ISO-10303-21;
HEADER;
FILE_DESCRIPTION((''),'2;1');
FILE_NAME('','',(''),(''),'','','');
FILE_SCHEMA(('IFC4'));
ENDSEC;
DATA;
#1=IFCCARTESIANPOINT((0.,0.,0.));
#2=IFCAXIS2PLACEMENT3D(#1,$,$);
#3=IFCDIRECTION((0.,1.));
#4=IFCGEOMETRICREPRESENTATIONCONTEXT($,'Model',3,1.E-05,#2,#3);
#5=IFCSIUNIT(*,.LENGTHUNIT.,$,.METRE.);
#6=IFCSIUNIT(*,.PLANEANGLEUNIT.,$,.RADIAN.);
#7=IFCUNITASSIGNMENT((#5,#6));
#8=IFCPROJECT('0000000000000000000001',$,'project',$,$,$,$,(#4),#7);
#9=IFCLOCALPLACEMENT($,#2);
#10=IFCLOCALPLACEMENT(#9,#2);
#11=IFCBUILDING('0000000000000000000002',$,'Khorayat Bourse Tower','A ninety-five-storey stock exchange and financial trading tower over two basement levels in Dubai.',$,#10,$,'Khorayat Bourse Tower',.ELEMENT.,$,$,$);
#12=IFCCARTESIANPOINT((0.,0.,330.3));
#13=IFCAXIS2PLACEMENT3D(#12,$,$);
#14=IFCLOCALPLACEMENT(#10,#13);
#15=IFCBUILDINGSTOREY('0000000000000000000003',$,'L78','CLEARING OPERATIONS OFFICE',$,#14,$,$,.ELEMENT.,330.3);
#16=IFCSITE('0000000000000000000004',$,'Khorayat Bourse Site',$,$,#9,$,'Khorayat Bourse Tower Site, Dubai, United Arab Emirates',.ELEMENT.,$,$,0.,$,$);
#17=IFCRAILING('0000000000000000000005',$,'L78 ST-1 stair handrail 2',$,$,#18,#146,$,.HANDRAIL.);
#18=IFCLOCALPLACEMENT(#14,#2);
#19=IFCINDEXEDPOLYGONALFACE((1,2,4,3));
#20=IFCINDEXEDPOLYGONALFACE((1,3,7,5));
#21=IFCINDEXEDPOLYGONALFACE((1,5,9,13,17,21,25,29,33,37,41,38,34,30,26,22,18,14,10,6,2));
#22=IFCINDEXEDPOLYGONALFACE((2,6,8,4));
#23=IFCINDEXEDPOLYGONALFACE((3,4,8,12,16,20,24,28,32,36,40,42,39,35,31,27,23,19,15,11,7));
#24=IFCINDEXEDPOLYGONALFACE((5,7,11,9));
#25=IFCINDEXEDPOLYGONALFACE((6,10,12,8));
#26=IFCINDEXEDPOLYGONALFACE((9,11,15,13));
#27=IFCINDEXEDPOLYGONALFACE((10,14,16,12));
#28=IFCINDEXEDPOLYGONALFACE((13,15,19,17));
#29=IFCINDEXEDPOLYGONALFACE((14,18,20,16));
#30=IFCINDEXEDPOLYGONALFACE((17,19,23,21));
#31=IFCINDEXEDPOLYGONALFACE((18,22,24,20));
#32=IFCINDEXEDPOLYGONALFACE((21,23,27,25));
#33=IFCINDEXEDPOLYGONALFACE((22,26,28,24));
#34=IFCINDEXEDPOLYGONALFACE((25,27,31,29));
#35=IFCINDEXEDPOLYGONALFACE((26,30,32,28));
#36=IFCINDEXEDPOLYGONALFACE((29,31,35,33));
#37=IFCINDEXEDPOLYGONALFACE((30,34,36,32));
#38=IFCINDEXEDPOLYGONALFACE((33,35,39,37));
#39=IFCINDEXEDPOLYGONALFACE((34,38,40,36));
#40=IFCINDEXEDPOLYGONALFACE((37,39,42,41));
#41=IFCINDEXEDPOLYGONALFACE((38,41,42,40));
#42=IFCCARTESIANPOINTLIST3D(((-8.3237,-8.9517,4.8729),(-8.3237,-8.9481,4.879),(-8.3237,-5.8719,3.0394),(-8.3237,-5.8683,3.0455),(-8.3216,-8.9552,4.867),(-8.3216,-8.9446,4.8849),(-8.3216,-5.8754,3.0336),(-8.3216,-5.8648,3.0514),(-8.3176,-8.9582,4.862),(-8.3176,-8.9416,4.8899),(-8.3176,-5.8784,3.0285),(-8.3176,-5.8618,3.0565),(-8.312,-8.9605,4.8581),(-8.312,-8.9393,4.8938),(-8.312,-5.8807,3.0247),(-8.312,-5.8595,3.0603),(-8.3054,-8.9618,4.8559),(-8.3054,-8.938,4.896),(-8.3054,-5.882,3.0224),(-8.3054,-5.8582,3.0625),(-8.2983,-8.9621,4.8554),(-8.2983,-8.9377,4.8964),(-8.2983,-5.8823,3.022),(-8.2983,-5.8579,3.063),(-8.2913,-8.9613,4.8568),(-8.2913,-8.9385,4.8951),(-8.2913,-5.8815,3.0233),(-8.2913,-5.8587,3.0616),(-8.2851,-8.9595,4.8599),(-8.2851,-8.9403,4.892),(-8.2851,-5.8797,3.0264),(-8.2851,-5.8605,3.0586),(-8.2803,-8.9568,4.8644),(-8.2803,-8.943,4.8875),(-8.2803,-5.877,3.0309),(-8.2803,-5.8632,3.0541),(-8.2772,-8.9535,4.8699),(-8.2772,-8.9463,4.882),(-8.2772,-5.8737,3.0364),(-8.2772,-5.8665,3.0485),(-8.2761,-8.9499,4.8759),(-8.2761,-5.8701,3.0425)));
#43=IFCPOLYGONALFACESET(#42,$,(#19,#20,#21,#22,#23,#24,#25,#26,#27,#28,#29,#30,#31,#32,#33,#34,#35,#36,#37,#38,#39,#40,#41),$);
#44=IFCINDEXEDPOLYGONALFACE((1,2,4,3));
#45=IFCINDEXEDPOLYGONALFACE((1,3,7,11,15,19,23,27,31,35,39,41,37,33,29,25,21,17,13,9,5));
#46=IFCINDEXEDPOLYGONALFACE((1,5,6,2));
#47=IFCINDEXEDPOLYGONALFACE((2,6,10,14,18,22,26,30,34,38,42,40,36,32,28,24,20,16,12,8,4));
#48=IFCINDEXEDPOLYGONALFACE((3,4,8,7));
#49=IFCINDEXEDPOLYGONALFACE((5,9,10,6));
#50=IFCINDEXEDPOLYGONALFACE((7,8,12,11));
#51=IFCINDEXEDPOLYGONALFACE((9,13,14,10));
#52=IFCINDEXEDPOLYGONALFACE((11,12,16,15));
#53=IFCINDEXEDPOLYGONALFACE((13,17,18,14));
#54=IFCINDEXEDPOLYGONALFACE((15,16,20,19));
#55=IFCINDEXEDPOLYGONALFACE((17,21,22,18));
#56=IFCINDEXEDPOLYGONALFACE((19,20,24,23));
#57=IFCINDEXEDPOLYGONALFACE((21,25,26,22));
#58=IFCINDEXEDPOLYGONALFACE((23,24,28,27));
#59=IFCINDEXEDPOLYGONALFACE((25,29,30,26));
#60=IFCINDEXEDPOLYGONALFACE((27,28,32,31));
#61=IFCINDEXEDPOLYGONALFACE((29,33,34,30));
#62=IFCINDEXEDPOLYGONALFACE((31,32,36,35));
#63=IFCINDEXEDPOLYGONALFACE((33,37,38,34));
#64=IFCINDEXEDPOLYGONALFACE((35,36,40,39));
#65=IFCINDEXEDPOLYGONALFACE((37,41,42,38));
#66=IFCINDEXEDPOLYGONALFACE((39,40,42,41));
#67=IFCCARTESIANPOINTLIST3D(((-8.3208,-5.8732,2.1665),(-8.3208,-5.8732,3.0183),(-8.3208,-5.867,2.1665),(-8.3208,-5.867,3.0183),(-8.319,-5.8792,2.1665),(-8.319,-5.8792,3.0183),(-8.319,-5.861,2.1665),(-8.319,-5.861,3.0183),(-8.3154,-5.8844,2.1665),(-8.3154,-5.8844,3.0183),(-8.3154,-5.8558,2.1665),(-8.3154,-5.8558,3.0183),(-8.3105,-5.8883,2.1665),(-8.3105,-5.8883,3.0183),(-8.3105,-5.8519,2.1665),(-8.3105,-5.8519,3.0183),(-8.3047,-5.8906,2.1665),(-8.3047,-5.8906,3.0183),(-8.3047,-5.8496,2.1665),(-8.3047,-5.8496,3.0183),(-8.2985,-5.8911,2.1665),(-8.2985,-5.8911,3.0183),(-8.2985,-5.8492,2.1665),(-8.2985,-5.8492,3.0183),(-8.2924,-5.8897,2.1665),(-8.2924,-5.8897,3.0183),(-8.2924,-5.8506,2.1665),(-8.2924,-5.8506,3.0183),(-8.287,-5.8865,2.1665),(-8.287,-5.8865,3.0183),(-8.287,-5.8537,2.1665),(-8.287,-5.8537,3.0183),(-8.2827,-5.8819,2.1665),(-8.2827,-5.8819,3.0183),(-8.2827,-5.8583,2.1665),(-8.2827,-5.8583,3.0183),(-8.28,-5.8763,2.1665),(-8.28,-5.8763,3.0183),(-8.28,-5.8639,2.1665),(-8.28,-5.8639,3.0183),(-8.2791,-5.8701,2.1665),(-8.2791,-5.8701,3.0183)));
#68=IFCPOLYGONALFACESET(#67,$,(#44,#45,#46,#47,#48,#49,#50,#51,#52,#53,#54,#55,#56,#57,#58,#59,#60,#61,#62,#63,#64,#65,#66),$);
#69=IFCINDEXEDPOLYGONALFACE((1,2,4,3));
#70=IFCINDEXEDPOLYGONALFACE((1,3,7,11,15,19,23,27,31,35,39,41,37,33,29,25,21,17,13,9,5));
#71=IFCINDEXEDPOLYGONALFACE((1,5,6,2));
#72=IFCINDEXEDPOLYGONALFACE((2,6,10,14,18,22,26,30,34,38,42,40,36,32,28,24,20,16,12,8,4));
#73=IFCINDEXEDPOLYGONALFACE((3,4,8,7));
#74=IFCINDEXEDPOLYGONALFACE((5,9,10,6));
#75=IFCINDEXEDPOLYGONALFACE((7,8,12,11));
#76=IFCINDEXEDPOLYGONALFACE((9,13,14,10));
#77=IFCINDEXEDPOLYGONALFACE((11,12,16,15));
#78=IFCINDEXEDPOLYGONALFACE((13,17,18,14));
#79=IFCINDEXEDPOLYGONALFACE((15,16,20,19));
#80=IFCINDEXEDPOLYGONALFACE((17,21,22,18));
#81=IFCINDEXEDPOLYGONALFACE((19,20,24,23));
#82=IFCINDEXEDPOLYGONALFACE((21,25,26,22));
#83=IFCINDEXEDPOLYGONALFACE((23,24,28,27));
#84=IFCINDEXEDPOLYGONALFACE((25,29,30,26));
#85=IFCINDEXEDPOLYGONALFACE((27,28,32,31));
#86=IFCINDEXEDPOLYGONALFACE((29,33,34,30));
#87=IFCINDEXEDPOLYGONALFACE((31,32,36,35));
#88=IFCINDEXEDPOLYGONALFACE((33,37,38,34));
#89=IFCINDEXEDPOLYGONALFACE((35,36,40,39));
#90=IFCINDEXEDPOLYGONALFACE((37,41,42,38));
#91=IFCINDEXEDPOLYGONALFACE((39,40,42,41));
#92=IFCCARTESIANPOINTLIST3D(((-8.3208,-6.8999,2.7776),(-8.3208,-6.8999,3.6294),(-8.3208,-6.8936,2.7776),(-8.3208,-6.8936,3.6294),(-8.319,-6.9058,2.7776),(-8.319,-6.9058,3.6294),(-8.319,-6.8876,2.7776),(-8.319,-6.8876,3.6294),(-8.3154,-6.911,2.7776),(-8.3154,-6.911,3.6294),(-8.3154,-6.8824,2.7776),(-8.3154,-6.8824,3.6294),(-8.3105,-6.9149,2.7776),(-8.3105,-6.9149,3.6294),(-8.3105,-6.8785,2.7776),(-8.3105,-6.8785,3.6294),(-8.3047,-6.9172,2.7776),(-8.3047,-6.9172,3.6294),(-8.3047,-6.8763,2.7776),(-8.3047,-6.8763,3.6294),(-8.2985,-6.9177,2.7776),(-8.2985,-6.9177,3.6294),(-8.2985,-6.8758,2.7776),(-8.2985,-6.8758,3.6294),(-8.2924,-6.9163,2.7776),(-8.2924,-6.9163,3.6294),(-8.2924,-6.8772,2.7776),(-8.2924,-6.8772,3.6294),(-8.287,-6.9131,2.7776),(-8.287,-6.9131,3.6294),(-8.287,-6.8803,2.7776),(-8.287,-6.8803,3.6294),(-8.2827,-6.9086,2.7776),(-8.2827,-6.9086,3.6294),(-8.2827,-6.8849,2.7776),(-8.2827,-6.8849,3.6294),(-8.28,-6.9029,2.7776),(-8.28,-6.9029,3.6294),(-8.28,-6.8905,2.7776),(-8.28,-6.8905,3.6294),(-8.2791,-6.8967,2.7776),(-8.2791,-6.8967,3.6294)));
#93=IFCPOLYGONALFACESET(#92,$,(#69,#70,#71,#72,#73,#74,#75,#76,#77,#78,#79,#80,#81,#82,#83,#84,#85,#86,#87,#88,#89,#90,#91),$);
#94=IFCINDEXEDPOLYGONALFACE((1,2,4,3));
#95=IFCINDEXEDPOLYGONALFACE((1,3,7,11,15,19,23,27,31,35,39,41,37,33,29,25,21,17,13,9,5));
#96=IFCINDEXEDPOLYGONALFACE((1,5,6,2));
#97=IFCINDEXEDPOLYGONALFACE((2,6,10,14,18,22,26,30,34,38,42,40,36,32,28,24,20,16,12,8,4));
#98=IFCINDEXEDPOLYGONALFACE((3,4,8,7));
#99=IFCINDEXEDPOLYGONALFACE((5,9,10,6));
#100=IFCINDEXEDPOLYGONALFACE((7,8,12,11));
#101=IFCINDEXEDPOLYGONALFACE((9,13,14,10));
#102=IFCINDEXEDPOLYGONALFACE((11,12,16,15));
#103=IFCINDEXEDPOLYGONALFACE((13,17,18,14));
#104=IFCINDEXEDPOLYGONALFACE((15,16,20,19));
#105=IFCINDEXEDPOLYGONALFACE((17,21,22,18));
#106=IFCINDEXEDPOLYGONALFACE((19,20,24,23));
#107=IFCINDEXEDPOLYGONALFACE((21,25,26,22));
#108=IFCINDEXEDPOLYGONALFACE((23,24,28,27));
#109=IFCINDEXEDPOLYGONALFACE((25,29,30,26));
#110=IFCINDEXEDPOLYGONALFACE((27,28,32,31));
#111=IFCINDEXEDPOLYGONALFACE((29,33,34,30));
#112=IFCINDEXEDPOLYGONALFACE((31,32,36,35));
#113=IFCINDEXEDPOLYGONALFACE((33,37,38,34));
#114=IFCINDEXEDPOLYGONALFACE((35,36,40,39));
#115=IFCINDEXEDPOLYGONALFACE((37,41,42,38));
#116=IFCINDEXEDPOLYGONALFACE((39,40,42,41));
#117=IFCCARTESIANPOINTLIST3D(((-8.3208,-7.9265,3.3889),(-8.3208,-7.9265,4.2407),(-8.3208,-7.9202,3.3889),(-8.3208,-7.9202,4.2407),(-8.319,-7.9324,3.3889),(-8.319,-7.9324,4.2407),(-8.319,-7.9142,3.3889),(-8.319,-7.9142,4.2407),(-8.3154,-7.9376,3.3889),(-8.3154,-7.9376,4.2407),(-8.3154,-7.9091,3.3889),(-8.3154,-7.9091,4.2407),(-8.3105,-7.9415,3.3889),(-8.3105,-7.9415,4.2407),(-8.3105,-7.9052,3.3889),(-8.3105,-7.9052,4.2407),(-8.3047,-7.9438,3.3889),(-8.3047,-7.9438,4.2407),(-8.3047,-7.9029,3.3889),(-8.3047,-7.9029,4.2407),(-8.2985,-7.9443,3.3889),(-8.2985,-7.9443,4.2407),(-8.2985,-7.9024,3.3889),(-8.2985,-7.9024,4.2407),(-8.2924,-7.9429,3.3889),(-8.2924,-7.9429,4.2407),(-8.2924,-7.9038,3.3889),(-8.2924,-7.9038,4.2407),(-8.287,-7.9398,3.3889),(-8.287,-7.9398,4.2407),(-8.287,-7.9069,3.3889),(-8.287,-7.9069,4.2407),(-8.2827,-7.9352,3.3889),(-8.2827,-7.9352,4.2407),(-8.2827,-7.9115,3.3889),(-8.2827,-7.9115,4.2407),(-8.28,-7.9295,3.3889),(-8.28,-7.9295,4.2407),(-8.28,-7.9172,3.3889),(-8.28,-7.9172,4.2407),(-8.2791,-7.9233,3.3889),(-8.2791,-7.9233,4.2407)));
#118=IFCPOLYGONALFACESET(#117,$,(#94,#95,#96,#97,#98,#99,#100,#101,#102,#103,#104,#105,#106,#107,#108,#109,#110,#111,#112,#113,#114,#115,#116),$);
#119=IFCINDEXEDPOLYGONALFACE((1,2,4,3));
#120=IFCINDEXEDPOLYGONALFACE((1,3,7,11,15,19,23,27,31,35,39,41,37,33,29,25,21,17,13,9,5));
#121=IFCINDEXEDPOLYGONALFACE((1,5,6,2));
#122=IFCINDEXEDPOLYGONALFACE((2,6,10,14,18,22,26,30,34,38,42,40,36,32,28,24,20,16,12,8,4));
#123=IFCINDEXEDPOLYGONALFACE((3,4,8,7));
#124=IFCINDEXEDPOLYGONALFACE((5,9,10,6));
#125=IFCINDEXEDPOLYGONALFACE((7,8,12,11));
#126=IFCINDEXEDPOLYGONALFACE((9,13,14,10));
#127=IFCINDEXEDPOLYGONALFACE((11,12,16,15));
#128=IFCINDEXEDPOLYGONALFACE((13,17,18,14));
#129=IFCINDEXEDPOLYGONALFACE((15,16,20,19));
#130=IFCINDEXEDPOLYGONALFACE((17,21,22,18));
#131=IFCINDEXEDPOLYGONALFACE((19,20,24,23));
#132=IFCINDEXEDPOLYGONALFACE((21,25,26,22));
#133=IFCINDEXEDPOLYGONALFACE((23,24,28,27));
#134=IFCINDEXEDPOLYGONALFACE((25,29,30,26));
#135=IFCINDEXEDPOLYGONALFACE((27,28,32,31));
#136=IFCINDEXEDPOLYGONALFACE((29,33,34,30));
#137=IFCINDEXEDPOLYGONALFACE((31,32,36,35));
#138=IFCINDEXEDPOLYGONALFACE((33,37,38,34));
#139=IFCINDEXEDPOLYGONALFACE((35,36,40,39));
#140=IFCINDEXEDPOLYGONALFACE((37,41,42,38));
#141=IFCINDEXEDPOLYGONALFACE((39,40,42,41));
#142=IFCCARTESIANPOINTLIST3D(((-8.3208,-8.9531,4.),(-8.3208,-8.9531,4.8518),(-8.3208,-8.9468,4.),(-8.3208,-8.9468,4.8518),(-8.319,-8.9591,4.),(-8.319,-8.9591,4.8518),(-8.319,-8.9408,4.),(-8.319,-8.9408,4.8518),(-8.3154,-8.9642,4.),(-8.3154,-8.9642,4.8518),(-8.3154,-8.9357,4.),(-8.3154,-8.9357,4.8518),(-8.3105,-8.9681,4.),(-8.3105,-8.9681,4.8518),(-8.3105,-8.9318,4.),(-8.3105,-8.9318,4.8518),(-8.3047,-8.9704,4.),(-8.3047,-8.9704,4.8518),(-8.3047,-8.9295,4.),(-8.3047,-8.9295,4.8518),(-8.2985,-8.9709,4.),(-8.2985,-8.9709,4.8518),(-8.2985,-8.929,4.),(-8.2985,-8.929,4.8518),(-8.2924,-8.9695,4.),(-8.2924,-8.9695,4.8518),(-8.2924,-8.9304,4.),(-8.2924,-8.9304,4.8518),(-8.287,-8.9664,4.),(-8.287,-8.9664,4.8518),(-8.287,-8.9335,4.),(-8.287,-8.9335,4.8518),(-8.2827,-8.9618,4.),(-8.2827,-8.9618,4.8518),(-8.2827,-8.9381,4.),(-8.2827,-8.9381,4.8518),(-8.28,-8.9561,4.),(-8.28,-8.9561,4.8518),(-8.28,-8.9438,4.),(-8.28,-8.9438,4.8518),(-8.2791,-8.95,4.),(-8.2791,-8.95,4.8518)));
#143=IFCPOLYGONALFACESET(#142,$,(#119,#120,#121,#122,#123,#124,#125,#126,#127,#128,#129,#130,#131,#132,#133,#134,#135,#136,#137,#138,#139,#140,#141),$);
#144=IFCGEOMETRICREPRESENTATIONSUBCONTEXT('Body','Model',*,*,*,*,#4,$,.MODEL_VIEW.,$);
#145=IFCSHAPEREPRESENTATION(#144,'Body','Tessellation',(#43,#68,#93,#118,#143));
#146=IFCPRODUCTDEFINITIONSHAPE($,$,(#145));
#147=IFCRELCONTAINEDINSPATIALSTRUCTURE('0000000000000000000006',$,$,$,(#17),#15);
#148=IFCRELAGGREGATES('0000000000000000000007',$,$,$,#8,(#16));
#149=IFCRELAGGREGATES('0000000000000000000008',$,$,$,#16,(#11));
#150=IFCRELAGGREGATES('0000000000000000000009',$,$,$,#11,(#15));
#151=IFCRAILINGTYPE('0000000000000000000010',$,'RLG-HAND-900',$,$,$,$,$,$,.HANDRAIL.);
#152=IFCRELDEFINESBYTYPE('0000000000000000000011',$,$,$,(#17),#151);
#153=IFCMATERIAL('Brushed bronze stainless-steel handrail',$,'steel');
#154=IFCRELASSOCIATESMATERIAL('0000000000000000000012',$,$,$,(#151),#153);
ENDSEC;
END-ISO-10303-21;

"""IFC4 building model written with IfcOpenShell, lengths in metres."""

from ifc_helpers import new_model, si_unit, direction, frame, origin, origin_2d, place, context, subcontext, project, spatial, circle, extrude, source, transform, mapped, material, type_object, element, save


model = new_model("IFC4")

# Units and contexts
model_context = context("Model", 3, precision=1e-05, world=origin(), true_north=direction((0.0, 1.0)))
body_context = subcontext(model_context, "Body", "Model", "MODEL_VIEW")
ifc_project = project(units=[si_unit("LENGTHUNIT", "METRE"), si_unit("PLANEANGLEUNIT", "RADIAN")], contexts=[model_context])

# Site, building, storey
site_placement = place(None, origin())
site = spatial("IfcSite", under=ifc_project, at=site_placement, Name="Khorayat Bourse Site", LongName="Khorayat Bourse Tower Site, Dubai, United Arab Emirates", CompositionType="ELEMENT", RefElevation=0.0)
building_placement = place(site_placement, origin())
building = spatial("IfcBuilding", under=site, at=building_placement, Name="Khorayat Bourse Tower", Description="A ninety-five-storey stock exchange and financial trading tower over two basement levels in Dubai.", LongName="Khorayat Bourse Tower", CompositionType="ELEMENT")
storey_placement = place(building_placement, frame((0.0, 0.0, 330.3)))
storey = spatial("IfcBuildingStorey", under=building, at=storey_placement, Name="L78", Description="CLEARING OPERATIONS OFFICE", CompositionType="ELEMENT", Elevation=330.3)

# Railing
ifc_material_1 = material(Name="Brushed bronze stainless-steel handrail", Category="steel")
railing_type_1 = type_object("IfcRailingType", Name="RLG-HAND-900", PredefinedType="HANDRAIL", material=ifc_material_1)
shared_shape_1 = source(origin(), body_context, "Body", "SweptSolid", [
    extrude(circle(Radius=0.0239, at=origin_2d()), frame((0.0, 0.0, 0.876), z_axis=(0.0, -0.859261, 0.511538), x_axis=(1.0, 0.0, 0.0)), (0.0, 0.0, 1.0), 3.5842),
    extrude(circle(Radius=0.021, at=origin_2d()), origin(), (0.0, 0.0, 1.0), 0.8518),
    extrude(circle(Radius=0.021, at=origin_2d()), frame((0.0, -1.0266, 0.6111)), (0.0, 0.0, 1.0), 0.8518),
    extrude(circle(Radius=0.021, at=origin_2d()), frame((0.0, -2.0532, 1.2224)), (0.0, 0.0, 1.0), 0.8518),
    extrude(circle(Radius=0.021, at=origin_2d()), frame((0.0, -3.0798, 1.8335)), (0.0, 0.0, 1.0), 0.8518),
])
railing_1_placement = place(storey_placement, frame((-8.3, -5.8701, 2.1665)))
element("IfcRailing", 1, at=railing_1_placement, inside=storey, type_object=railing_type_1, Name="L78 ST-1 stair handrail 2", PredefinedType="HANDRAIL", context=body_context, shape_type="MappedRepresentation", body=[
    mapped(shared_shape_1, transform((0.0, 0.0, 0.0), scale=1.0)),
])

save(model, "model.ifc")
